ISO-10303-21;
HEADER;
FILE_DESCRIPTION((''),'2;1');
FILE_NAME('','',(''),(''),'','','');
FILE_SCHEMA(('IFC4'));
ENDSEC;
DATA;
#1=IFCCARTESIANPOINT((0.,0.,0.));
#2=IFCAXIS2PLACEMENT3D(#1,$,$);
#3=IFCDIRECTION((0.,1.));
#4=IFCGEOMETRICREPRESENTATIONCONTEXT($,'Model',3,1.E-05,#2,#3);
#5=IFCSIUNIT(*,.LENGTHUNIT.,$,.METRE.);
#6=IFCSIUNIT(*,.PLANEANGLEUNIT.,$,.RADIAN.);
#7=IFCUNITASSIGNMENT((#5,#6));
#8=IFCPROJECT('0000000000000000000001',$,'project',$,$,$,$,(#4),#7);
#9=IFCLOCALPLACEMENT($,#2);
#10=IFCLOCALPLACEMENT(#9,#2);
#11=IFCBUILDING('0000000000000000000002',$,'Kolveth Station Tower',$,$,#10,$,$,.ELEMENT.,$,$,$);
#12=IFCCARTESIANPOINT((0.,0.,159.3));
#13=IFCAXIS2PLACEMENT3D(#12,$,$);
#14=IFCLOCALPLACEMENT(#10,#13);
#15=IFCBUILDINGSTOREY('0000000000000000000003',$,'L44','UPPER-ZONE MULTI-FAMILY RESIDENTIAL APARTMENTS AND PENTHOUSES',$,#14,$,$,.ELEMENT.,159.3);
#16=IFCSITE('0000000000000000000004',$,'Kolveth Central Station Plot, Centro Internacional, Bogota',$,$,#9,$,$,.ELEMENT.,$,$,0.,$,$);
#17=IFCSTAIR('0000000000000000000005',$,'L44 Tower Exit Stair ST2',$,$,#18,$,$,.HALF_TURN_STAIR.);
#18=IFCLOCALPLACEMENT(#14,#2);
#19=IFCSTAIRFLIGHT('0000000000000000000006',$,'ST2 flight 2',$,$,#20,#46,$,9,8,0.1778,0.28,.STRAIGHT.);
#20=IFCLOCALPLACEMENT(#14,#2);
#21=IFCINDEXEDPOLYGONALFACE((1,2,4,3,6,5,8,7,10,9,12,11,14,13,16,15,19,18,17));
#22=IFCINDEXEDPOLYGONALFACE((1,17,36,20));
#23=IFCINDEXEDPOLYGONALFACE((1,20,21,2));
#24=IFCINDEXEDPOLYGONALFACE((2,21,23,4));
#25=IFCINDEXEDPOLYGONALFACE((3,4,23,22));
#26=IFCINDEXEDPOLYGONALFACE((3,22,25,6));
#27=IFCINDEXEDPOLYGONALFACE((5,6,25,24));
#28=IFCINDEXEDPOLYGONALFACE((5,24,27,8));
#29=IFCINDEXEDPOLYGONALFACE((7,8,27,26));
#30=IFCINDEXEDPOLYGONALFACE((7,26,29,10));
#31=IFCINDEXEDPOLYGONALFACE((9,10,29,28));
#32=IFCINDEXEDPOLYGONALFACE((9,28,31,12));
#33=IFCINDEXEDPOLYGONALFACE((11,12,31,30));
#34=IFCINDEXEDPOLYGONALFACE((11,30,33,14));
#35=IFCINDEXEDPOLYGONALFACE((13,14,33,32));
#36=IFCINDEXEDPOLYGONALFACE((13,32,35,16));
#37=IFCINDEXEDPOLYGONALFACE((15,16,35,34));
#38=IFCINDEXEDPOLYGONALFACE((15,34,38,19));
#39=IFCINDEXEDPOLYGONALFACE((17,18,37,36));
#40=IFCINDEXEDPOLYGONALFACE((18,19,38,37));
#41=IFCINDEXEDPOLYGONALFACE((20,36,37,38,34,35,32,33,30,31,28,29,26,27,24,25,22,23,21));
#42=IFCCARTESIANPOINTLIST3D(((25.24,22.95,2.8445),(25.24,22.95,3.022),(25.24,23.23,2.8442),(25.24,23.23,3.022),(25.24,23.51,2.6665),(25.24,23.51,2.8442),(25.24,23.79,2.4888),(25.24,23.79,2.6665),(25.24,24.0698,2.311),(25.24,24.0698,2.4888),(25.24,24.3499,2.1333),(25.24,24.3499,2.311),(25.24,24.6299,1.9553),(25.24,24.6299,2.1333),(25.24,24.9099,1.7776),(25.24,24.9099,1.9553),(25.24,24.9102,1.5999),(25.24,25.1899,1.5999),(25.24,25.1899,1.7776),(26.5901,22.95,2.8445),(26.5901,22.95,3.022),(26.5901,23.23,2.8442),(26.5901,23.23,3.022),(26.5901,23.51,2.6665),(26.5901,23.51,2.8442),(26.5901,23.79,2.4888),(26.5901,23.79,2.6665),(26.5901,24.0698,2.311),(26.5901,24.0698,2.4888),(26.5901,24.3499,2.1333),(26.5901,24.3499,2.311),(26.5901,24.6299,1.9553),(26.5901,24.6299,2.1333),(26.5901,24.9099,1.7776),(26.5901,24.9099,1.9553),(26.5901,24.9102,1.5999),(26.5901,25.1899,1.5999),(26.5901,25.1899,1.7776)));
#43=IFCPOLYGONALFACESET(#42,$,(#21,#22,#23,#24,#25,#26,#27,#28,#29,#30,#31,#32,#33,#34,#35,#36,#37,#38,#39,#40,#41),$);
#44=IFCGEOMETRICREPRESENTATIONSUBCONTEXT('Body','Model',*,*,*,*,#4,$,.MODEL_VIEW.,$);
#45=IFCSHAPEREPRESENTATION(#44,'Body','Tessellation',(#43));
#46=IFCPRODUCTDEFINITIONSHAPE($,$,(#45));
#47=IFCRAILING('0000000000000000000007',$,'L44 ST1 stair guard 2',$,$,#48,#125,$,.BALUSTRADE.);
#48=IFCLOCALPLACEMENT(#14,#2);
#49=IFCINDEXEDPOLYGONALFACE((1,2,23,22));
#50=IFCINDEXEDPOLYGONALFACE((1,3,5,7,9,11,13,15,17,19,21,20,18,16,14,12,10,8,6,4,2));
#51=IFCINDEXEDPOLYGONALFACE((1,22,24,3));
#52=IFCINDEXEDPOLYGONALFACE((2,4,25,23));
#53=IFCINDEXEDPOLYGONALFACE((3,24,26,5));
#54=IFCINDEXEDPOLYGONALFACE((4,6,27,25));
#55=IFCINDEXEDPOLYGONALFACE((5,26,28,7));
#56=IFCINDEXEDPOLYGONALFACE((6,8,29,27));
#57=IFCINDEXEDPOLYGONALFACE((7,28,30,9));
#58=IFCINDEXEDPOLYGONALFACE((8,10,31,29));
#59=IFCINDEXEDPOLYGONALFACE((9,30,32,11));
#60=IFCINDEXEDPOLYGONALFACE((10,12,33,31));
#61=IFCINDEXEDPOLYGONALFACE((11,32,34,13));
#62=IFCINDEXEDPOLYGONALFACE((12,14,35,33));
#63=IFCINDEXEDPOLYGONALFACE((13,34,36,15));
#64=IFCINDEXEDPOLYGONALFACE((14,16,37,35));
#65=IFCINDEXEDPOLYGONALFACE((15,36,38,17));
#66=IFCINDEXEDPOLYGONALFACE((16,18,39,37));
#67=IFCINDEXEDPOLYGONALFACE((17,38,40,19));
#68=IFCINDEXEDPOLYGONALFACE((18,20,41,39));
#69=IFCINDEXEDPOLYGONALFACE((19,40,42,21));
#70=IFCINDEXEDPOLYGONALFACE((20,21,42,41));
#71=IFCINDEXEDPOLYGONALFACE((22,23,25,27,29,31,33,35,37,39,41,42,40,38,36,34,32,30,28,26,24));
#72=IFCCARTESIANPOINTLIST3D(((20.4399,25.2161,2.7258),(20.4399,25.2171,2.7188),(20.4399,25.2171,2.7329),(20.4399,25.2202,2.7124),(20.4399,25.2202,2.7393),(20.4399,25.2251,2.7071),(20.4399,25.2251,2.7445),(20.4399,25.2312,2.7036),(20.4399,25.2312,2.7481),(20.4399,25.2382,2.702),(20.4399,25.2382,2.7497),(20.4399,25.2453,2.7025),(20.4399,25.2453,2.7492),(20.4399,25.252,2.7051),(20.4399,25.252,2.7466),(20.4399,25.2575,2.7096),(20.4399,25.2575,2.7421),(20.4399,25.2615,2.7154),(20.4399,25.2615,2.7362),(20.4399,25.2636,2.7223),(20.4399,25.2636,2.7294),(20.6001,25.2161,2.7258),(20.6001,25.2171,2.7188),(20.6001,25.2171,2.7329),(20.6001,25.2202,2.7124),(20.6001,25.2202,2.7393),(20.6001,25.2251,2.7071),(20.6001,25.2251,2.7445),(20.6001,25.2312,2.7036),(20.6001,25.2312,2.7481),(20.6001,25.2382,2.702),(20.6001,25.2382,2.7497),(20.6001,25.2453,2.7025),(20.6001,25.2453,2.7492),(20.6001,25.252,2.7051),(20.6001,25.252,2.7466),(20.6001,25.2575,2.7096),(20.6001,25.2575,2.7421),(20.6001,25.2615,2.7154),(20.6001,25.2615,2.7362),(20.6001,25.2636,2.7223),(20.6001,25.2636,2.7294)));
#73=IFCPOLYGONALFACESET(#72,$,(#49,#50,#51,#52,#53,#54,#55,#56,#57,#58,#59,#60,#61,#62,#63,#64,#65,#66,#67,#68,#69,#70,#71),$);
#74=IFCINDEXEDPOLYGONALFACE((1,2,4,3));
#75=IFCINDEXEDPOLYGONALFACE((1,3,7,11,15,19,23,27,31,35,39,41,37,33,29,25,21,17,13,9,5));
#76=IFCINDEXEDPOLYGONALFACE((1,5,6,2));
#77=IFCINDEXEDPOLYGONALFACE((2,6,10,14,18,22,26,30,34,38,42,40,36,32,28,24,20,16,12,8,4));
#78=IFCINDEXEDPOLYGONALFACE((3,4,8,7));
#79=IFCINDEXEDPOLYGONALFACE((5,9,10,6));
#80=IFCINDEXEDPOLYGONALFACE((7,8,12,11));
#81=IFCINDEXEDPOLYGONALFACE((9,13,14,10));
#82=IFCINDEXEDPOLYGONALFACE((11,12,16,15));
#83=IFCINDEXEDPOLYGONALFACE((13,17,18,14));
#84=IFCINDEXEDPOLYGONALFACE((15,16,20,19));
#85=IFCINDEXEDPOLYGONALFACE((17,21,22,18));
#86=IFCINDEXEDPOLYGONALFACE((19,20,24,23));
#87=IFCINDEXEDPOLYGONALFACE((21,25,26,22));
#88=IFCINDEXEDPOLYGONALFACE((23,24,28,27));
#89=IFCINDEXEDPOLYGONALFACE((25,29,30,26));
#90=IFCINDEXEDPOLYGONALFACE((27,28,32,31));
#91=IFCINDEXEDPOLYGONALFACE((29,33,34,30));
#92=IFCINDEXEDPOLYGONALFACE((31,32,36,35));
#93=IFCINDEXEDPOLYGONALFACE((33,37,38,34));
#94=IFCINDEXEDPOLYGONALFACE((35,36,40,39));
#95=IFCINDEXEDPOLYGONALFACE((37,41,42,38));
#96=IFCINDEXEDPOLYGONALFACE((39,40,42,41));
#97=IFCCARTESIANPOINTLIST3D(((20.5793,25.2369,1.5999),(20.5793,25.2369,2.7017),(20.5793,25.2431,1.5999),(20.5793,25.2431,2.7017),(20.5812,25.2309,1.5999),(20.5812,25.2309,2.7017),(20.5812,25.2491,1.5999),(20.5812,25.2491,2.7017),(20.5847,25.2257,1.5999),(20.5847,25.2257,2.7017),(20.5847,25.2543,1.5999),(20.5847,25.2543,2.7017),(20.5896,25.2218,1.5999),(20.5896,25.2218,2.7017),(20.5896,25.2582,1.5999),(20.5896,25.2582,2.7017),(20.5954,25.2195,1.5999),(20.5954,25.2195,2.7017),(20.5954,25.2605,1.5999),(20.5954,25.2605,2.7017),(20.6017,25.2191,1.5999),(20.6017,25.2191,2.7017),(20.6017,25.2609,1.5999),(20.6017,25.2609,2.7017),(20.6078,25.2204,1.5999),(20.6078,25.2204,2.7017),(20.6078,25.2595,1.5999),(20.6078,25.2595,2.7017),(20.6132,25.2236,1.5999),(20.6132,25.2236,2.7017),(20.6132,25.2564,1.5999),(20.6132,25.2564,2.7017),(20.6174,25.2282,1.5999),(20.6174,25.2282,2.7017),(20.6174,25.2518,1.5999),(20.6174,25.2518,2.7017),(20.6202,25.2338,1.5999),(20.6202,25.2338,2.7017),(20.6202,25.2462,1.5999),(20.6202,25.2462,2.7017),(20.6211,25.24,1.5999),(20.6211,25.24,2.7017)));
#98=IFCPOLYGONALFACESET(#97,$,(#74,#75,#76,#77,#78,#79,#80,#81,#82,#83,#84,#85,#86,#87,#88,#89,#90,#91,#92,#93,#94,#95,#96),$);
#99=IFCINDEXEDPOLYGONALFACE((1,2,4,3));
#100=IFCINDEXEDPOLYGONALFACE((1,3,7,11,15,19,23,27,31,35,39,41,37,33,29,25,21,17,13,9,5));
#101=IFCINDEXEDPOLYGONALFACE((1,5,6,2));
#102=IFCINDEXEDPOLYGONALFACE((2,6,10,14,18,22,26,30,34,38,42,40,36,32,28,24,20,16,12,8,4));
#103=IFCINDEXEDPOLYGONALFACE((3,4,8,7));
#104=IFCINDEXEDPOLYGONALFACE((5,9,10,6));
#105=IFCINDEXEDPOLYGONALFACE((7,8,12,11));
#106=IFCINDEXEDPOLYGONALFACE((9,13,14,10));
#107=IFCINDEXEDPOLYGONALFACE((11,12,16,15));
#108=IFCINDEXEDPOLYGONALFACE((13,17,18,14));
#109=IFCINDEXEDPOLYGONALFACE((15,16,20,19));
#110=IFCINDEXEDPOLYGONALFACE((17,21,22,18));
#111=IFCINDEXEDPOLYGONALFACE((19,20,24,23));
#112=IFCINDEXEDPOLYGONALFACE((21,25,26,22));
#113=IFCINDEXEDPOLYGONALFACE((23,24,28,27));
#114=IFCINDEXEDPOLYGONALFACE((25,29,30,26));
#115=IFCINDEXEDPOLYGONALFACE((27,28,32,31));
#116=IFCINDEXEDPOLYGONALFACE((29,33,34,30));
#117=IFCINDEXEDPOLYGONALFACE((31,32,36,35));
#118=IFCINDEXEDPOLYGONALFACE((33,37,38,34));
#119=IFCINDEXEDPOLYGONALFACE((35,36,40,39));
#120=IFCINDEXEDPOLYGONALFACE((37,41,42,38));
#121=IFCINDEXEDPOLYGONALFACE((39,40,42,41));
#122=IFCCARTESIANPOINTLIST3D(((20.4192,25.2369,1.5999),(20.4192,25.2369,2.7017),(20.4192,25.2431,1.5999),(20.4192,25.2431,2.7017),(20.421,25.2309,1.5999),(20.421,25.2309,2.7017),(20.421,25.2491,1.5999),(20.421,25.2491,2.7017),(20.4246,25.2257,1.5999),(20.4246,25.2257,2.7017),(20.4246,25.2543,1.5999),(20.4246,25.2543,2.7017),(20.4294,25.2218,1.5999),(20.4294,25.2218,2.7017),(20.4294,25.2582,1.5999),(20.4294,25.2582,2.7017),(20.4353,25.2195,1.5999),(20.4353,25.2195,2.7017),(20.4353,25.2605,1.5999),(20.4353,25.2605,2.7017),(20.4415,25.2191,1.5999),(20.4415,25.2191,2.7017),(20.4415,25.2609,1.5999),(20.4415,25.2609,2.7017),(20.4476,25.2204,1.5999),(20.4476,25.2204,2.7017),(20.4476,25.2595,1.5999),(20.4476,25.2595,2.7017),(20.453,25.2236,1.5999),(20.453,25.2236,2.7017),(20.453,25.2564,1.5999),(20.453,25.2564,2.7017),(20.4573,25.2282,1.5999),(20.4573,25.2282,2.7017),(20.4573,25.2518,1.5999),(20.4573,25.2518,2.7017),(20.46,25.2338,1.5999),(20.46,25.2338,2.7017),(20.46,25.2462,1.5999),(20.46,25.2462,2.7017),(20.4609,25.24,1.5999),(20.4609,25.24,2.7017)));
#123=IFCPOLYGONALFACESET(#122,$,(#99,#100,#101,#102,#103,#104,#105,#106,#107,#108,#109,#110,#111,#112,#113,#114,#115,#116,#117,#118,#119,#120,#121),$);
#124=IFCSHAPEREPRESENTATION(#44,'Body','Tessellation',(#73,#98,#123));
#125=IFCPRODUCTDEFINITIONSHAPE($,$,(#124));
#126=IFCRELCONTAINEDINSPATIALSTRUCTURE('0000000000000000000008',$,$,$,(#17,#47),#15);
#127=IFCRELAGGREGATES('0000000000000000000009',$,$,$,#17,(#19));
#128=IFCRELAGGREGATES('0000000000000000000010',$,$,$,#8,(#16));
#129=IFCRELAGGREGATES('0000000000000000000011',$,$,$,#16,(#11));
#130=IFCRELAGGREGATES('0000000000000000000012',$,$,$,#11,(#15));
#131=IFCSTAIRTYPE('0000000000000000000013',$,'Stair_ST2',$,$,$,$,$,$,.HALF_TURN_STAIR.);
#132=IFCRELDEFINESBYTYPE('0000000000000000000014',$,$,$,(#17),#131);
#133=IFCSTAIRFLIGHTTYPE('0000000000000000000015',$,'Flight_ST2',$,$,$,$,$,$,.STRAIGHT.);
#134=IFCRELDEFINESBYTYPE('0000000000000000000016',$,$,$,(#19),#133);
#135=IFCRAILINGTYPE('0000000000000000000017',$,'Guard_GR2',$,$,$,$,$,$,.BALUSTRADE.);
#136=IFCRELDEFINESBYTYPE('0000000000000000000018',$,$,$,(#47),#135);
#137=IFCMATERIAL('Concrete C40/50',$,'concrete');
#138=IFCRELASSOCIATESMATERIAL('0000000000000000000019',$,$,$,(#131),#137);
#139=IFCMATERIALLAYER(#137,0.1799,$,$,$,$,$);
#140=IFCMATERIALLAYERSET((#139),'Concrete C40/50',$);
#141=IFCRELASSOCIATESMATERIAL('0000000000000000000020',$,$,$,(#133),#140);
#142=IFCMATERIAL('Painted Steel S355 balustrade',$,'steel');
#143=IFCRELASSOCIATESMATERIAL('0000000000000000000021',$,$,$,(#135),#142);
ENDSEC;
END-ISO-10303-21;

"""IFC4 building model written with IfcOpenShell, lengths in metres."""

from ifc_helpers import new_model, si_unit, direction, frame, origin, origin_2d, place, context, subcontext, project, spatial, polyline, circle, outline, extrude, material, layer, layer_set, type_object, element, aggregate, save


model = new_model("IFC4")

# Units and contexts
model_context = context("Model", 3, precision=1e-05, world=origin(), true_north=direction((0.0, 1.0)))
body_context = subcontext(model_context, "Body", "Model", "MODEL_VIEW")
ifc_project = project(units=[si_unit("LENGTHUNIT", "METRE"), si_unit("PLANEANGLEUNIT", "RADIAN")], contexts=[model_context])

# Site, building, storey
site_placement = place(None, origin())
site = spatial("IfcSite", under=ifc_project, at=site_placement, Name="Kolveth Central Station Plot, Centro Internacional, Bogota", CompositionType="ELEMENT", RefElevation=0.0)
building_placement = place(site_placement, origin())
building = spatial("IfcBuilding", under=site, at=building_placement, Name="Kolveth Station Tower", CompositionType="ELEMENT")
storey_placement = place(building_placement, frame((0.0, 0.0, 159.3)))
storey = spatial("IfcBuildingStorey", under=building, at=storey_placement, Name="L44", Description="UPPER-ZONE MULTI-FAMILY RESIDENTIAL APARTMENTS AND PENTHOUSES", CompositionType="ELEMENT", Elevation=159.3)

# Stair, stair flight
ifc_material_1 = material(Name="Concrete C40/50", Category="concrete")
stair_type_1 = type_object("IfcStairType", Name="Stair_ST2", PredefinedType="HALF_TURN_STAIR", material=ifc_material_1)
stair_1_placement = place(storey_placement, origin())
stair_1 = element("IfcStair", 1, at=stair_1_placement, inside=storey, type_object=stair_type_1, Name="L44 Tower Exit Stair ST2", PredefinedType="HALF_TURN_STAIR")
ifc_layer_1 = layer(ifc_material_1, 0.1799)
ifc_layer_set_1 = layer_set([ifc_layer_1], Name="Concrete C40/50")
stair_flight_type_1 = type_object("IfcStairFlightType", Name="Flight_ST2", PredefinedType="STRAIGHT", material=ifc_layer_set_1)
stair_flight_1_placement = place(storey_placement, frame((25.915, 25.1899, 1.5999), z_axis=(0.0, 0.0, 1.0), x_axis=(0.0, -1.0, 0.0)))
stair_flight_1 = element("IfcStairFlight", 2, at=stair_flight_1_placement, type_object=stair_flight_type_1, Name="ST2 flight 2", NumberOfRisers=9, NumberOfTreads=8, PredefinedType="STRAIGHT", RiserHeight=0.1778, TreadLength=0.28, context=body_context, shape_type="SweptSolid", body=[
    extrude(outline(polyline([(0.0, 0.0), (0.0, 0.1777), (0.28, 0.1777), (0.28, 0.3555), (0.5601, 0.3555), (0.5601, 0.5334), (0.8401, 0.5334), (0.8401, 0.7112), (1.1201, 0.7112), (1.1201, 0.8889), (1.3999, 0.8889), (1.3999, 1.0667), (1.6799, 1.0667), (1.6799, 1.2444), (1.96, 1.2444), (1.96, 1.4221), (2.24, 1.4221), (2.24, 1.6001), (2.24, 1.2446), (0.2798, 0.0), (0.0, 0.0)])), frame((0.0, 0.675, 0.0), z_axis=(0.0, -1.0, 0.0), x_axis=(1.0, 0.0, 0.0)), (0.0, 0.0, 1.0), 1.3501),
])
aggregate(stair_1, [stair_flight_1])

# Railing
ifc_material_2 = material(Name="Painted Steel S355 balustrade", Category="steel")
railing_type_1 = type_object("IfcRailingType", Name="Guard_GR2", PredefinedType="BALUSTRADE", material=ifc_material_2)
railing_1_placement = place(storey_placement, frame((20.6001, 25.24, 1.5999)))
element("IfcRailing", 3, at=railing_1_placement, inside=storey, type_object=railing_type_1, Name="L44 ST1 stair guard 2", PredefinedType="BALUSTRADE", context=body_context, shape_type="SweptSolid", body=[
    extrude(circle(Radius=0.0239, at=origin_2d()), frame((0.0, 0.0, 1.126), z_axis=(-1.0, 0.0, 0.0), x_axis=(0.0, -1.0, 0.0)), (0.0, 0.0, 1.0), 0.1602),
    extrude(circle(Radius=0.021, at=origin_2d()), origin(), (0.0, 0.0, 1.0), 1.1018),
    extrude(circle(Radius=0.021, at=origin_2d()), frame((-0.1602, 0.0, 0.0)), (0.0, 0.0, 1.0), 1.1018),
])

save(model, "model.ifc")
